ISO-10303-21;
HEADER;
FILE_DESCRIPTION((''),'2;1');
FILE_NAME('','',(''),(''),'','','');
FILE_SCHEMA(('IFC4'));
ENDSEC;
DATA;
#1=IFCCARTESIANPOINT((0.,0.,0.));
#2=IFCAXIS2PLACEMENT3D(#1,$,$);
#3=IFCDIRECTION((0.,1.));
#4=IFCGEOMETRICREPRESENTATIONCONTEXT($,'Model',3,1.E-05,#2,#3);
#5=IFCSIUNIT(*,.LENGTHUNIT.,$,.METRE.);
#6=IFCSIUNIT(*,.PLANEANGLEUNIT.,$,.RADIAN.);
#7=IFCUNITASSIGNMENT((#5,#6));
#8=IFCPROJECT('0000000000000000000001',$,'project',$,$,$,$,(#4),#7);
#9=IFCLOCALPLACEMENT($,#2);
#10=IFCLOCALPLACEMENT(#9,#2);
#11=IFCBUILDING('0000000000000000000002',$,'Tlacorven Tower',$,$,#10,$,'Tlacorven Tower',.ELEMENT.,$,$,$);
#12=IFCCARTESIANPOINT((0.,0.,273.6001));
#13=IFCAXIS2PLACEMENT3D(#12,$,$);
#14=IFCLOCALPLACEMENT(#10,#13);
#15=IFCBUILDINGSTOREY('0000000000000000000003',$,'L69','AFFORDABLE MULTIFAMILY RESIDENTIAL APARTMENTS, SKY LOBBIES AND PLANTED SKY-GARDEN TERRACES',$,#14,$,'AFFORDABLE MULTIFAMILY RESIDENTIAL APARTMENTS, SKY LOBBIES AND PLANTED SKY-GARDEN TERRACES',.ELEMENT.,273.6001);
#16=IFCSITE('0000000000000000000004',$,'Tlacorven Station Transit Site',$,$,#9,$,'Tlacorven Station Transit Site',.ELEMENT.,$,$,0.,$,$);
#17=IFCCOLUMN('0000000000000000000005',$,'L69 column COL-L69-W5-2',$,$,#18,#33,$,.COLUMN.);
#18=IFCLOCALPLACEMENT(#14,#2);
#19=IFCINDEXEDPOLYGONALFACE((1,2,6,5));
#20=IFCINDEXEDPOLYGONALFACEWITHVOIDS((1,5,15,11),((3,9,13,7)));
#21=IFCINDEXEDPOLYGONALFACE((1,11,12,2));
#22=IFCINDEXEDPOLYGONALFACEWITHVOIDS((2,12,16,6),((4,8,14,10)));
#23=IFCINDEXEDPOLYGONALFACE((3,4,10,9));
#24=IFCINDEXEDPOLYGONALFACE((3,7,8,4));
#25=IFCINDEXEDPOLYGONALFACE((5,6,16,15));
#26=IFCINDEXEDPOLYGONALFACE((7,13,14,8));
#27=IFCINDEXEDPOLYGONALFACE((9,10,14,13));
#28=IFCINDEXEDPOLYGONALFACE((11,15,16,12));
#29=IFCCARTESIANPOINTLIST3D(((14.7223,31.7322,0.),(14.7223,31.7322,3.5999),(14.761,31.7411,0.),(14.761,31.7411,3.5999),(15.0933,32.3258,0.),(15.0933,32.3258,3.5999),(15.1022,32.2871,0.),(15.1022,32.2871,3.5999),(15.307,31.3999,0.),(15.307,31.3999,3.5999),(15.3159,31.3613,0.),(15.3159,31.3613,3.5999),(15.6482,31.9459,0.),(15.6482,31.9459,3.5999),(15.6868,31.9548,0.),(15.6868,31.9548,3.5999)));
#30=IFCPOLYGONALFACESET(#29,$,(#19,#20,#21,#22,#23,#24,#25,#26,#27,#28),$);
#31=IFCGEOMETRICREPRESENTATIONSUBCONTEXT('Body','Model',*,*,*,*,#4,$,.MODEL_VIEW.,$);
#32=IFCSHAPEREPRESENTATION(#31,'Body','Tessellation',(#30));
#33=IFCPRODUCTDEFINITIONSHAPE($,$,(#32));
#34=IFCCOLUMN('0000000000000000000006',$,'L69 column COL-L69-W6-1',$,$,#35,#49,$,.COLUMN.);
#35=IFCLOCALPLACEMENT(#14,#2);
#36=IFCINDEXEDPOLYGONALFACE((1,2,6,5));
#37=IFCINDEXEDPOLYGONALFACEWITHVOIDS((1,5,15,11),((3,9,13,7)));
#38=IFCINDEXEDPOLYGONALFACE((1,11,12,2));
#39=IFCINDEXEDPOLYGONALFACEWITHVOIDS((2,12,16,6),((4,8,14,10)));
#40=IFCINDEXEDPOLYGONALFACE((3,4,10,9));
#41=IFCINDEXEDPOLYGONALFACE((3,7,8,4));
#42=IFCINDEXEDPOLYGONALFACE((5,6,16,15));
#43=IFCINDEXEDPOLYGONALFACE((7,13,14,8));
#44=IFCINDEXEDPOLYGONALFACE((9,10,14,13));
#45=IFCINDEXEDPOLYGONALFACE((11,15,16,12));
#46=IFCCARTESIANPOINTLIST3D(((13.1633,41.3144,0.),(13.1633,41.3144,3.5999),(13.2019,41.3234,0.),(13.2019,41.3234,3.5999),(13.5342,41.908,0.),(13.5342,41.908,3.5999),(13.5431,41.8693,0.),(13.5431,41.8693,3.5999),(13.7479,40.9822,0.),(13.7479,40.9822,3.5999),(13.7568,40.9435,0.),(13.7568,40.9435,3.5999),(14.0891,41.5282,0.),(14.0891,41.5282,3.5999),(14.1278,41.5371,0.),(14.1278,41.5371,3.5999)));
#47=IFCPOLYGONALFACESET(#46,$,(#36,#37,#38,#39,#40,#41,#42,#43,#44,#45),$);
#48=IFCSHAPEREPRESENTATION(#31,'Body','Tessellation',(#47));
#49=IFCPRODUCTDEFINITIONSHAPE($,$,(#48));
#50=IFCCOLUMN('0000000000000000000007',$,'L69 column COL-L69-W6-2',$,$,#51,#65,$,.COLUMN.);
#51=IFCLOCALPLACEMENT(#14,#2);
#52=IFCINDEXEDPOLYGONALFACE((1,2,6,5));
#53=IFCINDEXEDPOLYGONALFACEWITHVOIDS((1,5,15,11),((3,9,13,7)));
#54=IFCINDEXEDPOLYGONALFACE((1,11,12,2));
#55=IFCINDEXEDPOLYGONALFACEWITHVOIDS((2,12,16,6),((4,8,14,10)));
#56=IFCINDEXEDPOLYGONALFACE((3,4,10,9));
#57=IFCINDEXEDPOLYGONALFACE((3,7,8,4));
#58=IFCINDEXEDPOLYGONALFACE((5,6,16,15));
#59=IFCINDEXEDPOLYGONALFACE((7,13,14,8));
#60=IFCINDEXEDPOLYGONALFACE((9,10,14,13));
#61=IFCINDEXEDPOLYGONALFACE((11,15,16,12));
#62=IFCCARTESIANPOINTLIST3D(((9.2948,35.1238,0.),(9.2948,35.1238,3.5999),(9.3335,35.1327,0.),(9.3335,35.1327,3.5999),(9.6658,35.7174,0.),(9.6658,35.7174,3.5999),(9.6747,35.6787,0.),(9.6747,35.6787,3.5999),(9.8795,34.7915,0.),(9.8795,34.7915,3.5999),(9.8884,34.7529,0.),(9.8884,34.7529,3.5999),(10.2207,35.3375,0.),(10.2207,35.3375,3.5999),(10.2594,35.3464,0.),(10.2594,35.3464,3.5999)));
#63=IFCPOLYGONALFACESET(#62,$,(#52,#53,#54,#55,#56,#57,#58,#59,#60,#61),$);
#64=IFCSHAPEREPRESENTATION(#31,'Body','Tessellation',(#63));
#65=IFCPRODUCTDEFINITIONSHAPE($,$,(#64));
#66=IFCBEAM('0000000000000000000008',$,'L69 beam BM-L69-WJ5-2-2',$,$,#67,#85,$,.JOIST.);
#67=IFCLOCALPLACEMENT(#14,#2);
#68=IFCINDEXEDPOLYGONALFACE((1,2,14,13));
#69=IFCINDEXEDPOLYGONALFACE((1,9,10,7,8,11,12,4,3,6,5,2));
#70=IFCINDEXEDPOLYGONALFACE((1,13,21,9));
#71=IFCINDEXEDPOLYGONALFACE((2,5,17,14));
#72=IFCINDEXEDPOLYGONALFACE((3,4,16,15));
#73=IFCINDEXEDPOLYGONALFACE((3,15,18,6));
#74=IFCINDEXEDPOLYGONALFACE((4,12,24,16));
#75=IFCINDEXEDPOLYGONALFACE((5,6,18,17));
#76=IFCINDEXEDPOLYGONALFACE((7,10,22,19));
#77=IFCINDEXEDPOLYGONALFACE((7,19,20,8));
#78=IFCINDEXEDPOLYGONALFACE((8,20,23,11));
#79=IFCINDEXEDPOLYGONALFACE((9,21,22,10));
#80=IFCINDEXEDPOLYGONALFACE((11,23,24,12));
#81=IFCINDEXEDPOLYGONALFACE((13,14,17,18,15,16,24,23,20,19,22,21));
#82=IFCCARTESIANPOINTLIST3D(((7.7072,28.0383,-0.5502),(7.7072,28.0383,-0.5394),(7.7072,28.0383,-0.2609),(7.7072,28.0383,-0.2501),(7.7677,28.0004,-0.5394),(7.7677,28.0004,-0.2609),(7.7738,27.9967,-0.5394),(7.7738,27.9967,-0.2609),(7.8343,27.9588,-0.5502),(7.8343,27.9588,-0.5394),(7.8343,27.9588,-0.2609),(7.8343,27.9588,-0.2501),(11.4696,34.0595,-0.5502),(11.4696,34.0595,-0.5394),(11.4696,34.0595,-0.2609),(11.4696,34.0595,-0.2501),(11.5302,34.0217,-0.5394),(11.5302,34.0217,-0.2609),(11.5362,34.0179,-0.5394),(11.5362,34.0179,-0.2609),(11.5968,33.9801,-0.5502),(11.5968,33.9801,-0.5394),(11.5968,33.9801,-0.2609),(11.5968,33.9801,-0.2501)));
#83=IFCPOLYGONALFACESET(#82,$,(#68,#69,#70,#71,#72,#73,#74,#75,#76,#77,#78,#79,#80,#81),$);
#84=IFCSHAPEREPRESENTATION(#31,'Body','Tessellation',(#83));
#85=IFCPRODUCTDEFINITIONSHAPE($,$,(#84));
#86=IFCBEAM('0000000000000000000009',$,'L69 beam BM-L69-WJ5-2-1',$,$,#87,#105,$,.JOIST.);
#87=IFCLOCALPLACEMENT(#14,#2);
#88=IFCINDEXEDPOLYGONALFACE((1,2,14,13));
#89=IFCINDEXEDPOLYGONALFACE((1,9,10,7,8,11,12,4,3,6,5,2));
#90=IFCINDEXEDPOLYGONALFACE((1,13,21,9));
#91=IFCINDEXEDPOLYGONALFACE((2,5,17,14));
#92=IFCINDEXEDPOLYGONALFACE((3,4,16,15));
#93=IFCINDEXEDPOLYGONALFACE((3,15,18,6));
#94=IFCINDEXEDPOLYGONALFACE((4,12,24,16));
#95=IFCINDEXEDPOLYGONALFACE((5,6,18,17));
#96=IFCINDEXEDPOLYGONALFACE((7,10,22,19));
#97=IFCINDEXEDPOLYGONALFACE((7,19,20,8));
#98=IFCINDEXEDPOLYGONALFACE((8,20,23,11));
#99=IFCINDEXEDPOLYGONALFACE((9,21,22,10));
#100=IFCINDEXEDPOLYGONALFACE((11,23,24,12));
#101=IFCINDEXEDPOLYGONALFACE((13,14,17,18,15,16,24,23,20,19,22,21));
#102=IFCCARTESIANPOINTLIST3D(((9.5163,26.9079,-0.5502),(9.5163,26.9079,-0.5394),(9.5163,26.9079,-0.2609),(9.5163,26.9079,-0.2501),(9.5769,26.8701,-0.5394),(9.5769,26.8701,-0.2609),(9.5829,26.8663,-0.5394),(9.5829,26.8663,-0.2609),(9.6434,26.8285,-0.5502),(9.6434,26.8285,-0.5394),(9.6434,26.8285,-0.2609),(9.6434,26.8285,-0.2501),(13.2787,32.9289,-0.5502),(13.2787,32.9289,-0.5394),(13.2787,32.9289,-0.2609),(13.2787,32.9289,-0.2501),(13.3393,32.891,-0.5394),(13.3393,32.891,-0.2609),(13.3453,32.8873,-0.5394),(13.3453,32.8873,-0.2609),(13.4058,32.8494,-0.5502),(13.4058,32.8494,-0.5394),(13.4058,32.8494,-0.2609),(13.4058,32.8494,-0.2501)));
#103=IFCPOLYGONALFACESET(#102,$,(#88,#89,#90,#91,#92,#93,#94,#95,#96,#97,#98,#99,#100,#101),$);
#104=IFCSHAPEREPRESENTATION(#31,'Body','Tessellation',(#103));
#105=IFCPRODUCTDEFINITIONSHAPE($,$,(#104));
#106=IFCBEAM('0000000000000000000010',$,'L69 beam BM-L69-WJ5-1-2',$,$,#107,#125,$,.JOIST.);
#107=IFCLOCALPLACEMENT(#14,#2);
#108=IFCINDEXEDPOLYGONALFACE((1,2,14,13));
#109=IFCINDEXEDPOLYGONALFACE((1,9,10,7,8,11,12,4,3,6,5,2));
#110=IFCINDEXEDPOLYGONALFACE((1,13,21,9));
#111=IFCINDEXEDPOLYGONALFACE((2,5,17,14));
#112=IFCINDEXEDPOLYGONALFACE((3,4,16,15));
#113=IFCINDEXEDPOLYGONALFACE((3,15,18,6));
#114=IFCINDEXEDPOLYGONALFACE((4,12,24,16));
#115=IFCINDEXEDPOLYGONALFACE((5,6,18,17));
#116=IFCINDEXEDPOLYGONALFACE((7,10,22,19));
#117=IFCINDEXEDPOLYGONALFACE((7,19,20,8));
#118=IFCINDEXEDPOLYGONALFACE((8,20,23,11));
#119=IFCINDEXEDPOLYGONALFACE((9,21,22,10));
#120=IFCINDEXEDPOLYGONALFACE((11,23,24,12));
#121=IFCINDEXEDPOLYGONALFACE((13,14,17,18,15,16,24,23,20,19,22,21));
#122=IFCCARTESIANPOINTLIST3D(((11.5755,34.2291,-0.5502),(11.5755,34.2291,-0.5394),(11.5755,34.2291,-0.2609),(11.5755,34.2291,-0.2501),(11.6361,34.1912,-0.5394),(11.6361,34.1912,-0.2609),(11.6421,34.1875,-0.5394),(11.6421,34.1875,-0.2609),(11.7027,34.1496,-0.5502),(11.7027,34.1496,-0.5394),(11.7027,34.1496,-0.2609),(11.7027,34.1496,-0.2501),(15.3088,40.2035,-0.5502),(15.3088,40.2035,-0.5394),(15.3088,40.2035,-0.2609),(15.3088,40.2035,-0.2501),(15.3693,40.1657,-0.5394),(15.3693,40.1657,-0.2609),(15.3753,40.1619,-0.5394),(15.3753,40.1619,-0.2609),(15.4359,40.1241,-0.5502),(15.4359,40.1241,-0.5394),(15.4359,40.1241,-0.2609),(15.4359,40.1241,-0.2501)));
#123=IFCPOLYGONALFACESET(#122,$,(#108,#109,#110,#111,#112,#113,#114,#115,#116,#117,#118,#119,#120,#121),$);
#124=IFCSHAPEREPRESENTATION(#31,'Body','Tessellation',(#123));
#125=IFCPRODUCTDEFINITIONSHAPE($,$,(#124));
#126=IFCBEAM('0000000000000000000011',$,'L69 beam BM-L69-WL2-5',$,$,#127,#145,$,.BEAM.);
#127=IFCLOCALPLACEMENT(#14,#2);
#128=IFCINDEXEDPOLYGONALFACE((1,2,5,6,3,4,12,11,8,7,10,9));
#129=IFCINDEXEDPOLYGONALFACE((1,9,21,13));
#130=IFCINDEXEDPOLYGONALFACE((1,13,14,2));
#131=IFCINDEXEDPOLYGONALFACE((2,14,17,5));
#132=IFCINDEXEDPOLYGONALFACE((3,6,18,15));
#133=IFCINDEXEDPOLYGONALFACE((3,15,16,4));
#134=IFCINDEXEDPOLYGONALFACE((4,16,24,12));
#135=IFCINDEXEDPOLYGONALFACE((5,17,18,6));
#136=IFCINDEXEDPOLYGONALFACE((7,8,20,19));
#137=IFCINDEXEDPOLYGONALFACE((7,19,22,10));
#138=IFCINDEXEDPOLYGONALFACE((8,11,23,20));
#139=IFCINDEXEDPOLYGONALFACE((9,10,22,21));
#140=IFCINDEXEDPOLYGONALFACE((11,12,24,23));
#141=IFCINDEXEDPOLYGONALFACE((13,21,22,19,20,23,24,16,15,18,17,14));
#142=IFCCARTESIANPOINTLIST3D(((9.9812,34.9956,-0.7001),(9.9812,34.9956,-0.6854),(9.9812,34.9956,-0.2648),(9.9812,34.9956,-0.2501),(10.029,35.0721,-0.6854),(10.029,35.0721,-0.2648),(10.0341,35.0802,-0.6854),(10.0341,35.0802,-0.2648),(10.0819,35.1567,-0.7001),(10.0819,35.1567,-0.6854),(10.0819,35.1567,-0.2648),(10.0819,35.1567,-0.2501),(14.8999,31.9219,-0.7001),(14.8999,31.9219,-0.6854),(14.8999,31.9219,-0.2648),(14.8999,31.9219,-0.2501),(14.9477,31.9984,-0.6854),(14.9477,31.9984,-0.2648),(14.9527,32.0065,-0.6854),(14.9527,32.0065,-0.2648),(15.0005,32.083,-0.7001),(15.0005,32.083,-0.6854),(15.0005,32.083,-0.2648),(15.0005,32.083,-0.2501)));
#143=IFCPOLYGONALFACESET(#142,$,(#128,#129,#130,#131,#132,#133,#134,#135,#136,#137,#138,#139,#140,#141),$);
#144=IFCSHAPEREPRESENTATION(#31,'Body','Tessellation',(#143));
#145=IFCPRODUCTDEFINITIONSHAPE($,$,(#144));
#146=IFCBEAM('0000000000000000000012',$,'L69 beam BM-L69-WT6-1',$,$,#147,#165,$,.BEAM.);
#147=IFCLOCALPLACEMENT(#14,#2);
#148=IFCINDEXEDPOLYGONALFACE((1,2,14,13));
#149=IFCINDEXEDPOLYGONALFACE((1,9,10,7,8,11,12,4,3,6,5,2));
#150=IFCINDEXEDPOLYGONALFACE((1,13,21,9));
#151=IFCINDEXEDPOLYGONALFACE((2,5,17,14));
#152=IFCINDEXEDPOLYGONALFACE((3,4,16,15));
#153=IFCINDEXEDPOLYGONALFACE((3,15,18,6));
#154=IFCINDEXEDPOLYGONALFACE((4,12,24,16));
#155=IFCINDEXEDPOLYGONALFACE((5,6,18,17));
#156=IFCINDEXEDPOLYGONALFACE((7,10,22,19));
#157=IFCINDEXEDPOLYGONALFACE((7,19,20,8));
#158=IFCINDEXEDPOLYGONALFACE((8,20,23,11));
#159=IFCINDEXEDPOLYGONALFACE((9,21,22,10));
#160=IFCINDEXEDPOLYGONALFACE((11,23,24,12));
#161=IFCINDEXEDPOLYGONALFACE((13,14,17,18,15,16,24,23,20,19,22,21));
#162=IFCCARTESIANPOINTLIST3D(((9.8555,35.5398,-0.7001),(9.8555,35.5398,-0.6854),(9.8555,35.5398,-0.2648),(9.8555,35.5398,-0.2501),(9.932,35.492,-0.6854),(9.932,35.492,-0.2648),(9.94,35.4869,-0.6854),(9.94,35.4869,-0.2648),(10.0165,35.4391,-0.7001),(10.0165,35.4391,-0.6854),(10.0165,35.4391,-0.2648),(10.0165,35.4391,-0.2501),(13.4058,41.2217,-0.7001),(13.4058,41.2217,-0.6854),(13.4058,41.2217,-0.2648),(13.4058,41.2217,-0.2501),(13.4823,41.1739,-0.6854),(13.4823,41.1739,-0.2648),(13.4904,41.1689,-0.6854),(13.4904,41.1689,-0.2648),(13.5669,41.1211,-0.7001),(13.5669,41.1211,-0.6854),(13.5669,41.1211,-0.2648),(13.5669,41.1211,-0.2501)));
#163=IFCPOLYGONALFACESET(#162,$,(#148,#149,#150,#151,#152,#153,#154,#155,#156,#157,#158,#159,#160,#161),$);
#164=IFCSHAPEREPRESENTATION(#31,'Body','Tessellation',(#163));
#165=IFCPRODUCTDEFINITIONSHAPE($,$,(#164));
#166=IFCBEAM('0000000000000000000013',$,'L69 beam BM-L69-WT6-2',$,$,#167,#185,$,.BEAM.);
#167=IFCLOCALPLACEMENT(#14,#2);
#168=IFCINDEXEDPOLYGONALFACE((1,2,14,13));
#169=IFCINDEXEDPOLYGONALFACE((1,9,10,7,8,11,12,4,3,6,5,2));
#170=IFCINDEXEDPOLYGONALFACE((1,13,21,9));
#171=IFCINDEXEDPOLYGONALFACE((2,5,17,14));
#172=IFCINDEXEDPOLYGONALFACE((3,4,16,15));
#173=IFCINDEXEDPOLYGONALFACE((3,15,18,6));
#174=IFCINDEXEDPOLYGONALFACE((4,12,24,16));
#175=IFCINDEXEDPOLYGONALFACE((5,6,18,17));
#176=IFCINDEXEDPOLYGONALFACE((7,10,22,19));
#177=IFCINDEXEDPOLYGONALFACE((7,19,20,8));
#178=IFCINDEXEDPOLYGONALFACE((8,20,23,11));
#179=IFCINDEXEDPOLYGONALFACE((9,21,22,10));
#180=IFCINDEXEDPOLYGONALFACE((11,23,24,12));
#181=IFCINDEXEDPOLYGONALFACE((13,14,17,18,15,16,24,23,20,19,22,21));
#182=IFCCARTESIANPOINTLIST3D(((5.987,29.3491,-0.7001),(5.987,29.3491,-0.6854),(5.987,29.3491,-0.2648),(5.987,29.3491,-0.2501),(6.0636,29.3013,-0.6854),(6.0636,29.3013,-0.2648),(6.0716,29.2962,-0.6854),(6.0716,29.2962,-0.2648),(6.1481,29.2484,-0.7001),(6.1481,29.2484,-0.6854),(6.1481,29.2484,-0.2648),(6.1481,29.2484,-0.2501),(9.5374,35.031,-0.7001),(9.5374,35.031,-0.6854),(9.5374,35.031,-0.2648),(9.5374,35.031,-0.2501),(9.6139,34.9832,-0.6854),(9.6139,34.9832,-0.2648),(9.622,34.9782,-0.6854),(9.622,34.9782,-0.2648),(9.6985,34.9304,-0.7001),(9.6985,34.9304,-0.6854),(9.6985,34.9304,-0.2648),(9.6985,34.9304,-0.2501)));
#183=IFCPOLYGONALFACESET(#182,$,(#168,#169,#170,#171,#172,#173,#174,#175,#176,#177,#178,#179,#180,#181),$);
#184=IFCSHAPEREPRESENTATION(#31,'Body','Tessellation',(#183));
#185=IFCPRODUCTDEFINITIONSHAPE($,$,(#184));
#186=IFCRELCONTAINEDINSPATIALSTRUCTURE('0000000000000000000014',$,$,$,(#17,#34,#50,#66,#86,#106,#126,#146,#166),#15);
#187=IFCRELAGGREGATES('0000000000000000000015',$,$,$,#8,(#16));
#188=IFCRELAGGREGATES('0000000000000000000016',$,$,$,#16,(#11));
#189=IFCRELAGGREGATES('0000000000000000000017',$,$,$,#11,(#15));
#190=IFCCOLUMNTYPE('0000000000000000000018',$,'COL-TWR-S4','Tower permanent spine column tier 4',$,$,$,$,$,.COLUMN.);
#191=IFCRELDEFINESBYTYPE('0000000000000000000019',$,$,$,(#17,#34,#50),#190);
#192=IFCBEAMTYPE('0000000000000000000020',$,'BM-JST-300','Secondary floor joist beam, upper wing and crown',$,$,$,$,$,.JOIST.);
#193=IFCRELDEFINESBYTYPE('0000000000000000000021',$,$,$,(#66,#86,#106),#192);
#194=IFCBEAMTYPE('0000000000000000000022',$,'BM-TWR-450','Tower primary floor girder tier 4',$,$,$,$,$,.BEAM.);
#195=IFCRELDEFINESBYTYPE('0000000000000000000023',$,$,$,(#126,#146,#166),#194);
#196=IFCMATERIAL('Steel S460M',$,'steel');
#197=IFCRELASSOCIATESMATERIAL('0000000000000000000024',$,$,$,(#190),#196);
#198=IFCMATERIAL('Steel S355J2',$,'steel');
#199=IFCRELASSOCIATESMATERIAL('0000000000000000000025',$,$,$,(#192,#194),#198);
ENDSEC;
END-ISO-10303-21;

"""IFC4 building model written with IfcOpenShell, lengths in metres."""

from ifc_helpers import new_model, si_unit, direction, frame, origin, origin_2d, place, context, subcontext, project, spatial, hollow_rectangle, i_section, extrude, source, transform, mapped, material, material_profile, profile_set, type_object, element, save


model = new_model("IFC4")

# Units and contexts
model_context = context("Model", 3, precision=1e-05, world=origin(), true_north=direction((0.0, 1.0)))
body_context = subcontext(model_context, "Body", "Model", "MODEL_VIEW")
ifc_project = project(units=[si_unit("LENGTHUNIT", "METRE"), si_unit("PLANEANGLEUNIT", "RADIAN")], contexts=[model_context])

# Site, building, storey
site_placement = place(None, origin())
site = spatial("IfcSite", under=ifc_project, at=site_placement, Name="Tlacorven Station Transit Site", LongName="Tlacorven Station Transit Site", CompositionType="ELEMENT", RefElevation=0.0)
building_placement = place(site_placement, origin())
building = spatial("IfcBuilding", under=site, at=building_placement, Name="Tlacorven Tower", LongName="Tlacorven Tower", CompositionType="ELEMENT")
storey_placement = place(building_placement, frame((0.0, 0.0, 273.6001)))
storey = spatial("IfcBuildingStorey", under=building, at=storey_placement, Name="L69", Description="AFFORDABLE MULTIFAMILY RESIDENTIAL APARTMENTS, SKY LOBBIES AND PLANTED SKY-GARDEN TERRACES", LongName="AFFORDABLE MULTIFAMILY RESIDENTIAL APARTMENTS, SKY LOBBIES AND PLANTED SKY-GARDEN TERRACES", CompositionType="ELEMENT", Elevation=273.6001)

# Columns
ifc_material_1 = material(Name="Steel S460M", Category="steel")
ifc_material_profile_1 = material_profile(ifc_material_1, hollow_rectangle(XDim=0.7, YDim=0.7, WallThickness=0.0281, at=origin_2d()), Name="BOX 700X700X28")
ifc_profile_set_1 = profile_set([ifc_material_profile_1], Name="Steel S460M")
column_type = type_object("IfcColumnType", Name="COL-TWR-S4", Description="Tower permanent spine column tier 4", PredefinedType="COLUMN", material=ifc_profile_set_1)
shared_shape_1 = source(origin(), body_context, "Body", "SweptSolid", [
    extrude(hollow_rectangle(XDim=0.7, YDim=0.7, WallThickness=0.0281, at=origin_2d()), origin(), (0.0, 0.0, 1.0), 3.5999),
])
for number, where, z_axis, x_axis, name in (
    (1, (15.2046, 31.8435, 0.0), (0.0, 0.0, 1.0), (-0.848048, 0.529919, 0.0), "L69 column COL-L69-W5-2"),
    (2, (13.6455, 41.4258, 0.0), (0.0, 0.0, 1.0), (-0.848048, 0.529919, 0.0), "L69 column COL-L69-W6-1"),
    (3, (9.7771, 35.2351, 0.0), (0.0, 0.0, 1.0), (-0.848048, 0.529919, 0.0), "L69 column COL-L69-W6-2"),
):
    element("IfcColumn", number, at=place(storey_placement, frame(where, z_axis=z_axis, x_axis=x_axis)), inside=storey, type_object=column_type, Name=name, PredefinedType="COLUMN", context=body_context, shape_type="MappedRepresentation", body=[
        mapped(shared_shape_1, transform((0.0, 0.0, 0.0), scale=1.0)),
    ])

# Beams
ifc_material_2 = material(Name="Steel S355J2", Category="steel")
ifc_material_profile_2 = material_profile(ifc_material_2, i_section(OverallWidth=0.1499, OverallDepth=0.3, WebThickness=0.0071, FlangeThickness=0.0107, at=origin_2d()), Name="IPE 300")
ifc_profile_set_2 = profile_set([ifc_material_profile_2], Name="Steel S355J2")
beam_type_1 = type_object("IfcBeamType", Name="BM-JST-300", Description="Secondary floor joist beam, upper wing and crown", PredefinedType="JOIST", material=ifc_profile_set_2)
shared_shape_2 = source(origin(), body_context, "Body", "SweptSolid", [
    extrude(i_section(OverallWidth=0.1499, OverallDepth=0.3, WebThickness=0.0071, FlangeThickness=0.0107, at=origin_2d()), origin(), (0.0, 0.0, 1.0), 7.1001),
])
beam_1_placement = place(storey_placement, frame((11.5332, 34.0198, -0.4001), z_axis=(-0.529915, -0.84805, 0.0), x_axis=(0.84805, -0.529915, 0.0)))
element("IfcBeam", 4, at=beam_1_placement, inside=storey, type_object=beam_type_1, Name="L69 beam BM-L69-WJ5-2-2", PredefinedType="JOIST", context=body_context, shape_type="MappedRepresentation", body=[
    mapped(shared_shape_2, transform((0.0, 0.0, 0.0), scale=1.0)),
])
shared_shape_3 = source(origin(), body_context, "Body", "SweptSolid", [
    extrude(i_section(OverallWidth=0.1499, OverallDepth=0.3, WebThickness=0.0071, FlangeThickness=0.0107, at=origin_2d()), origin(), (0.0, 0.0, 1.0), 7.0999),
])
beam_2_placement = place(storey_placement, frame((13.3423, 32.8892, -0.4001), z_axis=(-0.529931, -0.848041, 0.0), x_axis=(0.848041, -0.529931, 0.0)))
element("IfcBeam", 5, at=beam_2_placement, inside=storey, type_object=beam_type_1, Name="L69 beam BM-L69-WJ5-2-1", PredefinedType="JOIST", context=body_context, shape_type="MappedRepresentation", body=[
    mapped(shared_shape_3, transform((0.0, 0.0, 0.0), scale=1.0)),
])
shared_shape_4 = source(origin(), body_context, "Body", "SweptSolid", [
    extrude(i_section(OverallWidth=0.1499, OverallDepth=0.3, WebThickness=0.0071, FlangeThickness=0.0107, at=origin_2d()), origin(), (0.0, 0.0, 1.0), 7.0449),
])
beam_3_placement = place(storey_placement, frame((15.3723, 40.1638, -0.4001), z_axis=(-0.529915, -0.848051, 0.0), x_axis=(0.848051, -0.529915, 0.0)))
element("IfcBeam", 6, at=beam_3_placement, inside=storey, type_object=beam_type_1, Name="L69 beam BM-L69-WJ5-1-2", PredefinedType="JOIST", context=body_context, shape_type="MappedRepresentation", body=[
    mapped(shared_shape_4, transform((0.0, 0.0, 0.0), scale=1.0)),
])
ifc_material_profile_3 = material_profile(ifc_material_2, i_section(OverallWidth=0.1899, OverallDepth=0.45, WebThickness=0.0095, FlangeThickness=0.0146, at=origin_2d()), Name="IPE 450")
ifc_profile_set_3 = profile_set([ifc_material_profile_3], Name="Steel S355J2")
beam_type_2 = type_object("IfcBeamType", Name="BM-TWR-450", Description="Tower primary floor girder tier 4", PredefinedType="BEAM", material=ifc_profile_set_3)
shared_shape_5 = source(origin(), body_context, "Body", "SweptSolid", [
    extrude(i_section(OverallWidth=0.1899, OverallDepth=0.45, WebThickness=0.0095, FlangeThickness=0.0146, at=origin_2d()), origin(), (0.0, 0.0, 1.0), 5.8),
])
beam_4_placement = place(storey_placement, frame((14.9502, 32.0024, -0.4751), z_axis=(-0.848034, 0.529942, 0.0), x_axis=(-0.529942, -0.848034, 0.0)))
element("IfcBeam", 7, at=beam_4_placement, inside=storey, type_object=beam_type_2, Name="L69 beam BM-L69-WL2-5", PredefinedType="BEAM", context=body_context, shape_type="MappedRepresentation", body=[
    mapped(shared_shape_5, transform((0.0, 0.0, 0.0), scale=1.0)),
])
shared_shape_6 = source(origin(), body_context, "Body", "SweptSolid", [
    extrude(i_section(OverallWidth=0.1899, OverallDepth=0.45, WebThickness=0.0095, FlangeThickness=0.0146, at=origin_2d()), origin(), (0.0, 0.0, 1.0), 6.7),
])
for number, where, z_axis, x_axis, name in (
    (8, (13.4863, 41.1714, -0.4751), (-0.529904, -0.848058, 0.0), (0.848058, -0.529904, 0.0), "L69 beam BM-L69-WT6-1"),
    (9, (9.6179, 34.9807, -0.4751), (-0.529904, -0.848058, 0.0), (0.848058, -0.529904, 0.0), "L69 beam BM-L69-WT6-2"),
):
    element("IfcBeam", number, at=place(storey_placement, frame(where, z_axis=z_axis, x_axis=x_axis)), inside=storey, type_object=beam_type_2, Name=name, PredefinedType="BEAM", context=body_context, shape_type="MappedRepresentation", body=[
        mapped(shared_shape_6, transform((0.0, 0.0, 0.0), scale=1.0)),
    ])

save(model, "model.ifc")
